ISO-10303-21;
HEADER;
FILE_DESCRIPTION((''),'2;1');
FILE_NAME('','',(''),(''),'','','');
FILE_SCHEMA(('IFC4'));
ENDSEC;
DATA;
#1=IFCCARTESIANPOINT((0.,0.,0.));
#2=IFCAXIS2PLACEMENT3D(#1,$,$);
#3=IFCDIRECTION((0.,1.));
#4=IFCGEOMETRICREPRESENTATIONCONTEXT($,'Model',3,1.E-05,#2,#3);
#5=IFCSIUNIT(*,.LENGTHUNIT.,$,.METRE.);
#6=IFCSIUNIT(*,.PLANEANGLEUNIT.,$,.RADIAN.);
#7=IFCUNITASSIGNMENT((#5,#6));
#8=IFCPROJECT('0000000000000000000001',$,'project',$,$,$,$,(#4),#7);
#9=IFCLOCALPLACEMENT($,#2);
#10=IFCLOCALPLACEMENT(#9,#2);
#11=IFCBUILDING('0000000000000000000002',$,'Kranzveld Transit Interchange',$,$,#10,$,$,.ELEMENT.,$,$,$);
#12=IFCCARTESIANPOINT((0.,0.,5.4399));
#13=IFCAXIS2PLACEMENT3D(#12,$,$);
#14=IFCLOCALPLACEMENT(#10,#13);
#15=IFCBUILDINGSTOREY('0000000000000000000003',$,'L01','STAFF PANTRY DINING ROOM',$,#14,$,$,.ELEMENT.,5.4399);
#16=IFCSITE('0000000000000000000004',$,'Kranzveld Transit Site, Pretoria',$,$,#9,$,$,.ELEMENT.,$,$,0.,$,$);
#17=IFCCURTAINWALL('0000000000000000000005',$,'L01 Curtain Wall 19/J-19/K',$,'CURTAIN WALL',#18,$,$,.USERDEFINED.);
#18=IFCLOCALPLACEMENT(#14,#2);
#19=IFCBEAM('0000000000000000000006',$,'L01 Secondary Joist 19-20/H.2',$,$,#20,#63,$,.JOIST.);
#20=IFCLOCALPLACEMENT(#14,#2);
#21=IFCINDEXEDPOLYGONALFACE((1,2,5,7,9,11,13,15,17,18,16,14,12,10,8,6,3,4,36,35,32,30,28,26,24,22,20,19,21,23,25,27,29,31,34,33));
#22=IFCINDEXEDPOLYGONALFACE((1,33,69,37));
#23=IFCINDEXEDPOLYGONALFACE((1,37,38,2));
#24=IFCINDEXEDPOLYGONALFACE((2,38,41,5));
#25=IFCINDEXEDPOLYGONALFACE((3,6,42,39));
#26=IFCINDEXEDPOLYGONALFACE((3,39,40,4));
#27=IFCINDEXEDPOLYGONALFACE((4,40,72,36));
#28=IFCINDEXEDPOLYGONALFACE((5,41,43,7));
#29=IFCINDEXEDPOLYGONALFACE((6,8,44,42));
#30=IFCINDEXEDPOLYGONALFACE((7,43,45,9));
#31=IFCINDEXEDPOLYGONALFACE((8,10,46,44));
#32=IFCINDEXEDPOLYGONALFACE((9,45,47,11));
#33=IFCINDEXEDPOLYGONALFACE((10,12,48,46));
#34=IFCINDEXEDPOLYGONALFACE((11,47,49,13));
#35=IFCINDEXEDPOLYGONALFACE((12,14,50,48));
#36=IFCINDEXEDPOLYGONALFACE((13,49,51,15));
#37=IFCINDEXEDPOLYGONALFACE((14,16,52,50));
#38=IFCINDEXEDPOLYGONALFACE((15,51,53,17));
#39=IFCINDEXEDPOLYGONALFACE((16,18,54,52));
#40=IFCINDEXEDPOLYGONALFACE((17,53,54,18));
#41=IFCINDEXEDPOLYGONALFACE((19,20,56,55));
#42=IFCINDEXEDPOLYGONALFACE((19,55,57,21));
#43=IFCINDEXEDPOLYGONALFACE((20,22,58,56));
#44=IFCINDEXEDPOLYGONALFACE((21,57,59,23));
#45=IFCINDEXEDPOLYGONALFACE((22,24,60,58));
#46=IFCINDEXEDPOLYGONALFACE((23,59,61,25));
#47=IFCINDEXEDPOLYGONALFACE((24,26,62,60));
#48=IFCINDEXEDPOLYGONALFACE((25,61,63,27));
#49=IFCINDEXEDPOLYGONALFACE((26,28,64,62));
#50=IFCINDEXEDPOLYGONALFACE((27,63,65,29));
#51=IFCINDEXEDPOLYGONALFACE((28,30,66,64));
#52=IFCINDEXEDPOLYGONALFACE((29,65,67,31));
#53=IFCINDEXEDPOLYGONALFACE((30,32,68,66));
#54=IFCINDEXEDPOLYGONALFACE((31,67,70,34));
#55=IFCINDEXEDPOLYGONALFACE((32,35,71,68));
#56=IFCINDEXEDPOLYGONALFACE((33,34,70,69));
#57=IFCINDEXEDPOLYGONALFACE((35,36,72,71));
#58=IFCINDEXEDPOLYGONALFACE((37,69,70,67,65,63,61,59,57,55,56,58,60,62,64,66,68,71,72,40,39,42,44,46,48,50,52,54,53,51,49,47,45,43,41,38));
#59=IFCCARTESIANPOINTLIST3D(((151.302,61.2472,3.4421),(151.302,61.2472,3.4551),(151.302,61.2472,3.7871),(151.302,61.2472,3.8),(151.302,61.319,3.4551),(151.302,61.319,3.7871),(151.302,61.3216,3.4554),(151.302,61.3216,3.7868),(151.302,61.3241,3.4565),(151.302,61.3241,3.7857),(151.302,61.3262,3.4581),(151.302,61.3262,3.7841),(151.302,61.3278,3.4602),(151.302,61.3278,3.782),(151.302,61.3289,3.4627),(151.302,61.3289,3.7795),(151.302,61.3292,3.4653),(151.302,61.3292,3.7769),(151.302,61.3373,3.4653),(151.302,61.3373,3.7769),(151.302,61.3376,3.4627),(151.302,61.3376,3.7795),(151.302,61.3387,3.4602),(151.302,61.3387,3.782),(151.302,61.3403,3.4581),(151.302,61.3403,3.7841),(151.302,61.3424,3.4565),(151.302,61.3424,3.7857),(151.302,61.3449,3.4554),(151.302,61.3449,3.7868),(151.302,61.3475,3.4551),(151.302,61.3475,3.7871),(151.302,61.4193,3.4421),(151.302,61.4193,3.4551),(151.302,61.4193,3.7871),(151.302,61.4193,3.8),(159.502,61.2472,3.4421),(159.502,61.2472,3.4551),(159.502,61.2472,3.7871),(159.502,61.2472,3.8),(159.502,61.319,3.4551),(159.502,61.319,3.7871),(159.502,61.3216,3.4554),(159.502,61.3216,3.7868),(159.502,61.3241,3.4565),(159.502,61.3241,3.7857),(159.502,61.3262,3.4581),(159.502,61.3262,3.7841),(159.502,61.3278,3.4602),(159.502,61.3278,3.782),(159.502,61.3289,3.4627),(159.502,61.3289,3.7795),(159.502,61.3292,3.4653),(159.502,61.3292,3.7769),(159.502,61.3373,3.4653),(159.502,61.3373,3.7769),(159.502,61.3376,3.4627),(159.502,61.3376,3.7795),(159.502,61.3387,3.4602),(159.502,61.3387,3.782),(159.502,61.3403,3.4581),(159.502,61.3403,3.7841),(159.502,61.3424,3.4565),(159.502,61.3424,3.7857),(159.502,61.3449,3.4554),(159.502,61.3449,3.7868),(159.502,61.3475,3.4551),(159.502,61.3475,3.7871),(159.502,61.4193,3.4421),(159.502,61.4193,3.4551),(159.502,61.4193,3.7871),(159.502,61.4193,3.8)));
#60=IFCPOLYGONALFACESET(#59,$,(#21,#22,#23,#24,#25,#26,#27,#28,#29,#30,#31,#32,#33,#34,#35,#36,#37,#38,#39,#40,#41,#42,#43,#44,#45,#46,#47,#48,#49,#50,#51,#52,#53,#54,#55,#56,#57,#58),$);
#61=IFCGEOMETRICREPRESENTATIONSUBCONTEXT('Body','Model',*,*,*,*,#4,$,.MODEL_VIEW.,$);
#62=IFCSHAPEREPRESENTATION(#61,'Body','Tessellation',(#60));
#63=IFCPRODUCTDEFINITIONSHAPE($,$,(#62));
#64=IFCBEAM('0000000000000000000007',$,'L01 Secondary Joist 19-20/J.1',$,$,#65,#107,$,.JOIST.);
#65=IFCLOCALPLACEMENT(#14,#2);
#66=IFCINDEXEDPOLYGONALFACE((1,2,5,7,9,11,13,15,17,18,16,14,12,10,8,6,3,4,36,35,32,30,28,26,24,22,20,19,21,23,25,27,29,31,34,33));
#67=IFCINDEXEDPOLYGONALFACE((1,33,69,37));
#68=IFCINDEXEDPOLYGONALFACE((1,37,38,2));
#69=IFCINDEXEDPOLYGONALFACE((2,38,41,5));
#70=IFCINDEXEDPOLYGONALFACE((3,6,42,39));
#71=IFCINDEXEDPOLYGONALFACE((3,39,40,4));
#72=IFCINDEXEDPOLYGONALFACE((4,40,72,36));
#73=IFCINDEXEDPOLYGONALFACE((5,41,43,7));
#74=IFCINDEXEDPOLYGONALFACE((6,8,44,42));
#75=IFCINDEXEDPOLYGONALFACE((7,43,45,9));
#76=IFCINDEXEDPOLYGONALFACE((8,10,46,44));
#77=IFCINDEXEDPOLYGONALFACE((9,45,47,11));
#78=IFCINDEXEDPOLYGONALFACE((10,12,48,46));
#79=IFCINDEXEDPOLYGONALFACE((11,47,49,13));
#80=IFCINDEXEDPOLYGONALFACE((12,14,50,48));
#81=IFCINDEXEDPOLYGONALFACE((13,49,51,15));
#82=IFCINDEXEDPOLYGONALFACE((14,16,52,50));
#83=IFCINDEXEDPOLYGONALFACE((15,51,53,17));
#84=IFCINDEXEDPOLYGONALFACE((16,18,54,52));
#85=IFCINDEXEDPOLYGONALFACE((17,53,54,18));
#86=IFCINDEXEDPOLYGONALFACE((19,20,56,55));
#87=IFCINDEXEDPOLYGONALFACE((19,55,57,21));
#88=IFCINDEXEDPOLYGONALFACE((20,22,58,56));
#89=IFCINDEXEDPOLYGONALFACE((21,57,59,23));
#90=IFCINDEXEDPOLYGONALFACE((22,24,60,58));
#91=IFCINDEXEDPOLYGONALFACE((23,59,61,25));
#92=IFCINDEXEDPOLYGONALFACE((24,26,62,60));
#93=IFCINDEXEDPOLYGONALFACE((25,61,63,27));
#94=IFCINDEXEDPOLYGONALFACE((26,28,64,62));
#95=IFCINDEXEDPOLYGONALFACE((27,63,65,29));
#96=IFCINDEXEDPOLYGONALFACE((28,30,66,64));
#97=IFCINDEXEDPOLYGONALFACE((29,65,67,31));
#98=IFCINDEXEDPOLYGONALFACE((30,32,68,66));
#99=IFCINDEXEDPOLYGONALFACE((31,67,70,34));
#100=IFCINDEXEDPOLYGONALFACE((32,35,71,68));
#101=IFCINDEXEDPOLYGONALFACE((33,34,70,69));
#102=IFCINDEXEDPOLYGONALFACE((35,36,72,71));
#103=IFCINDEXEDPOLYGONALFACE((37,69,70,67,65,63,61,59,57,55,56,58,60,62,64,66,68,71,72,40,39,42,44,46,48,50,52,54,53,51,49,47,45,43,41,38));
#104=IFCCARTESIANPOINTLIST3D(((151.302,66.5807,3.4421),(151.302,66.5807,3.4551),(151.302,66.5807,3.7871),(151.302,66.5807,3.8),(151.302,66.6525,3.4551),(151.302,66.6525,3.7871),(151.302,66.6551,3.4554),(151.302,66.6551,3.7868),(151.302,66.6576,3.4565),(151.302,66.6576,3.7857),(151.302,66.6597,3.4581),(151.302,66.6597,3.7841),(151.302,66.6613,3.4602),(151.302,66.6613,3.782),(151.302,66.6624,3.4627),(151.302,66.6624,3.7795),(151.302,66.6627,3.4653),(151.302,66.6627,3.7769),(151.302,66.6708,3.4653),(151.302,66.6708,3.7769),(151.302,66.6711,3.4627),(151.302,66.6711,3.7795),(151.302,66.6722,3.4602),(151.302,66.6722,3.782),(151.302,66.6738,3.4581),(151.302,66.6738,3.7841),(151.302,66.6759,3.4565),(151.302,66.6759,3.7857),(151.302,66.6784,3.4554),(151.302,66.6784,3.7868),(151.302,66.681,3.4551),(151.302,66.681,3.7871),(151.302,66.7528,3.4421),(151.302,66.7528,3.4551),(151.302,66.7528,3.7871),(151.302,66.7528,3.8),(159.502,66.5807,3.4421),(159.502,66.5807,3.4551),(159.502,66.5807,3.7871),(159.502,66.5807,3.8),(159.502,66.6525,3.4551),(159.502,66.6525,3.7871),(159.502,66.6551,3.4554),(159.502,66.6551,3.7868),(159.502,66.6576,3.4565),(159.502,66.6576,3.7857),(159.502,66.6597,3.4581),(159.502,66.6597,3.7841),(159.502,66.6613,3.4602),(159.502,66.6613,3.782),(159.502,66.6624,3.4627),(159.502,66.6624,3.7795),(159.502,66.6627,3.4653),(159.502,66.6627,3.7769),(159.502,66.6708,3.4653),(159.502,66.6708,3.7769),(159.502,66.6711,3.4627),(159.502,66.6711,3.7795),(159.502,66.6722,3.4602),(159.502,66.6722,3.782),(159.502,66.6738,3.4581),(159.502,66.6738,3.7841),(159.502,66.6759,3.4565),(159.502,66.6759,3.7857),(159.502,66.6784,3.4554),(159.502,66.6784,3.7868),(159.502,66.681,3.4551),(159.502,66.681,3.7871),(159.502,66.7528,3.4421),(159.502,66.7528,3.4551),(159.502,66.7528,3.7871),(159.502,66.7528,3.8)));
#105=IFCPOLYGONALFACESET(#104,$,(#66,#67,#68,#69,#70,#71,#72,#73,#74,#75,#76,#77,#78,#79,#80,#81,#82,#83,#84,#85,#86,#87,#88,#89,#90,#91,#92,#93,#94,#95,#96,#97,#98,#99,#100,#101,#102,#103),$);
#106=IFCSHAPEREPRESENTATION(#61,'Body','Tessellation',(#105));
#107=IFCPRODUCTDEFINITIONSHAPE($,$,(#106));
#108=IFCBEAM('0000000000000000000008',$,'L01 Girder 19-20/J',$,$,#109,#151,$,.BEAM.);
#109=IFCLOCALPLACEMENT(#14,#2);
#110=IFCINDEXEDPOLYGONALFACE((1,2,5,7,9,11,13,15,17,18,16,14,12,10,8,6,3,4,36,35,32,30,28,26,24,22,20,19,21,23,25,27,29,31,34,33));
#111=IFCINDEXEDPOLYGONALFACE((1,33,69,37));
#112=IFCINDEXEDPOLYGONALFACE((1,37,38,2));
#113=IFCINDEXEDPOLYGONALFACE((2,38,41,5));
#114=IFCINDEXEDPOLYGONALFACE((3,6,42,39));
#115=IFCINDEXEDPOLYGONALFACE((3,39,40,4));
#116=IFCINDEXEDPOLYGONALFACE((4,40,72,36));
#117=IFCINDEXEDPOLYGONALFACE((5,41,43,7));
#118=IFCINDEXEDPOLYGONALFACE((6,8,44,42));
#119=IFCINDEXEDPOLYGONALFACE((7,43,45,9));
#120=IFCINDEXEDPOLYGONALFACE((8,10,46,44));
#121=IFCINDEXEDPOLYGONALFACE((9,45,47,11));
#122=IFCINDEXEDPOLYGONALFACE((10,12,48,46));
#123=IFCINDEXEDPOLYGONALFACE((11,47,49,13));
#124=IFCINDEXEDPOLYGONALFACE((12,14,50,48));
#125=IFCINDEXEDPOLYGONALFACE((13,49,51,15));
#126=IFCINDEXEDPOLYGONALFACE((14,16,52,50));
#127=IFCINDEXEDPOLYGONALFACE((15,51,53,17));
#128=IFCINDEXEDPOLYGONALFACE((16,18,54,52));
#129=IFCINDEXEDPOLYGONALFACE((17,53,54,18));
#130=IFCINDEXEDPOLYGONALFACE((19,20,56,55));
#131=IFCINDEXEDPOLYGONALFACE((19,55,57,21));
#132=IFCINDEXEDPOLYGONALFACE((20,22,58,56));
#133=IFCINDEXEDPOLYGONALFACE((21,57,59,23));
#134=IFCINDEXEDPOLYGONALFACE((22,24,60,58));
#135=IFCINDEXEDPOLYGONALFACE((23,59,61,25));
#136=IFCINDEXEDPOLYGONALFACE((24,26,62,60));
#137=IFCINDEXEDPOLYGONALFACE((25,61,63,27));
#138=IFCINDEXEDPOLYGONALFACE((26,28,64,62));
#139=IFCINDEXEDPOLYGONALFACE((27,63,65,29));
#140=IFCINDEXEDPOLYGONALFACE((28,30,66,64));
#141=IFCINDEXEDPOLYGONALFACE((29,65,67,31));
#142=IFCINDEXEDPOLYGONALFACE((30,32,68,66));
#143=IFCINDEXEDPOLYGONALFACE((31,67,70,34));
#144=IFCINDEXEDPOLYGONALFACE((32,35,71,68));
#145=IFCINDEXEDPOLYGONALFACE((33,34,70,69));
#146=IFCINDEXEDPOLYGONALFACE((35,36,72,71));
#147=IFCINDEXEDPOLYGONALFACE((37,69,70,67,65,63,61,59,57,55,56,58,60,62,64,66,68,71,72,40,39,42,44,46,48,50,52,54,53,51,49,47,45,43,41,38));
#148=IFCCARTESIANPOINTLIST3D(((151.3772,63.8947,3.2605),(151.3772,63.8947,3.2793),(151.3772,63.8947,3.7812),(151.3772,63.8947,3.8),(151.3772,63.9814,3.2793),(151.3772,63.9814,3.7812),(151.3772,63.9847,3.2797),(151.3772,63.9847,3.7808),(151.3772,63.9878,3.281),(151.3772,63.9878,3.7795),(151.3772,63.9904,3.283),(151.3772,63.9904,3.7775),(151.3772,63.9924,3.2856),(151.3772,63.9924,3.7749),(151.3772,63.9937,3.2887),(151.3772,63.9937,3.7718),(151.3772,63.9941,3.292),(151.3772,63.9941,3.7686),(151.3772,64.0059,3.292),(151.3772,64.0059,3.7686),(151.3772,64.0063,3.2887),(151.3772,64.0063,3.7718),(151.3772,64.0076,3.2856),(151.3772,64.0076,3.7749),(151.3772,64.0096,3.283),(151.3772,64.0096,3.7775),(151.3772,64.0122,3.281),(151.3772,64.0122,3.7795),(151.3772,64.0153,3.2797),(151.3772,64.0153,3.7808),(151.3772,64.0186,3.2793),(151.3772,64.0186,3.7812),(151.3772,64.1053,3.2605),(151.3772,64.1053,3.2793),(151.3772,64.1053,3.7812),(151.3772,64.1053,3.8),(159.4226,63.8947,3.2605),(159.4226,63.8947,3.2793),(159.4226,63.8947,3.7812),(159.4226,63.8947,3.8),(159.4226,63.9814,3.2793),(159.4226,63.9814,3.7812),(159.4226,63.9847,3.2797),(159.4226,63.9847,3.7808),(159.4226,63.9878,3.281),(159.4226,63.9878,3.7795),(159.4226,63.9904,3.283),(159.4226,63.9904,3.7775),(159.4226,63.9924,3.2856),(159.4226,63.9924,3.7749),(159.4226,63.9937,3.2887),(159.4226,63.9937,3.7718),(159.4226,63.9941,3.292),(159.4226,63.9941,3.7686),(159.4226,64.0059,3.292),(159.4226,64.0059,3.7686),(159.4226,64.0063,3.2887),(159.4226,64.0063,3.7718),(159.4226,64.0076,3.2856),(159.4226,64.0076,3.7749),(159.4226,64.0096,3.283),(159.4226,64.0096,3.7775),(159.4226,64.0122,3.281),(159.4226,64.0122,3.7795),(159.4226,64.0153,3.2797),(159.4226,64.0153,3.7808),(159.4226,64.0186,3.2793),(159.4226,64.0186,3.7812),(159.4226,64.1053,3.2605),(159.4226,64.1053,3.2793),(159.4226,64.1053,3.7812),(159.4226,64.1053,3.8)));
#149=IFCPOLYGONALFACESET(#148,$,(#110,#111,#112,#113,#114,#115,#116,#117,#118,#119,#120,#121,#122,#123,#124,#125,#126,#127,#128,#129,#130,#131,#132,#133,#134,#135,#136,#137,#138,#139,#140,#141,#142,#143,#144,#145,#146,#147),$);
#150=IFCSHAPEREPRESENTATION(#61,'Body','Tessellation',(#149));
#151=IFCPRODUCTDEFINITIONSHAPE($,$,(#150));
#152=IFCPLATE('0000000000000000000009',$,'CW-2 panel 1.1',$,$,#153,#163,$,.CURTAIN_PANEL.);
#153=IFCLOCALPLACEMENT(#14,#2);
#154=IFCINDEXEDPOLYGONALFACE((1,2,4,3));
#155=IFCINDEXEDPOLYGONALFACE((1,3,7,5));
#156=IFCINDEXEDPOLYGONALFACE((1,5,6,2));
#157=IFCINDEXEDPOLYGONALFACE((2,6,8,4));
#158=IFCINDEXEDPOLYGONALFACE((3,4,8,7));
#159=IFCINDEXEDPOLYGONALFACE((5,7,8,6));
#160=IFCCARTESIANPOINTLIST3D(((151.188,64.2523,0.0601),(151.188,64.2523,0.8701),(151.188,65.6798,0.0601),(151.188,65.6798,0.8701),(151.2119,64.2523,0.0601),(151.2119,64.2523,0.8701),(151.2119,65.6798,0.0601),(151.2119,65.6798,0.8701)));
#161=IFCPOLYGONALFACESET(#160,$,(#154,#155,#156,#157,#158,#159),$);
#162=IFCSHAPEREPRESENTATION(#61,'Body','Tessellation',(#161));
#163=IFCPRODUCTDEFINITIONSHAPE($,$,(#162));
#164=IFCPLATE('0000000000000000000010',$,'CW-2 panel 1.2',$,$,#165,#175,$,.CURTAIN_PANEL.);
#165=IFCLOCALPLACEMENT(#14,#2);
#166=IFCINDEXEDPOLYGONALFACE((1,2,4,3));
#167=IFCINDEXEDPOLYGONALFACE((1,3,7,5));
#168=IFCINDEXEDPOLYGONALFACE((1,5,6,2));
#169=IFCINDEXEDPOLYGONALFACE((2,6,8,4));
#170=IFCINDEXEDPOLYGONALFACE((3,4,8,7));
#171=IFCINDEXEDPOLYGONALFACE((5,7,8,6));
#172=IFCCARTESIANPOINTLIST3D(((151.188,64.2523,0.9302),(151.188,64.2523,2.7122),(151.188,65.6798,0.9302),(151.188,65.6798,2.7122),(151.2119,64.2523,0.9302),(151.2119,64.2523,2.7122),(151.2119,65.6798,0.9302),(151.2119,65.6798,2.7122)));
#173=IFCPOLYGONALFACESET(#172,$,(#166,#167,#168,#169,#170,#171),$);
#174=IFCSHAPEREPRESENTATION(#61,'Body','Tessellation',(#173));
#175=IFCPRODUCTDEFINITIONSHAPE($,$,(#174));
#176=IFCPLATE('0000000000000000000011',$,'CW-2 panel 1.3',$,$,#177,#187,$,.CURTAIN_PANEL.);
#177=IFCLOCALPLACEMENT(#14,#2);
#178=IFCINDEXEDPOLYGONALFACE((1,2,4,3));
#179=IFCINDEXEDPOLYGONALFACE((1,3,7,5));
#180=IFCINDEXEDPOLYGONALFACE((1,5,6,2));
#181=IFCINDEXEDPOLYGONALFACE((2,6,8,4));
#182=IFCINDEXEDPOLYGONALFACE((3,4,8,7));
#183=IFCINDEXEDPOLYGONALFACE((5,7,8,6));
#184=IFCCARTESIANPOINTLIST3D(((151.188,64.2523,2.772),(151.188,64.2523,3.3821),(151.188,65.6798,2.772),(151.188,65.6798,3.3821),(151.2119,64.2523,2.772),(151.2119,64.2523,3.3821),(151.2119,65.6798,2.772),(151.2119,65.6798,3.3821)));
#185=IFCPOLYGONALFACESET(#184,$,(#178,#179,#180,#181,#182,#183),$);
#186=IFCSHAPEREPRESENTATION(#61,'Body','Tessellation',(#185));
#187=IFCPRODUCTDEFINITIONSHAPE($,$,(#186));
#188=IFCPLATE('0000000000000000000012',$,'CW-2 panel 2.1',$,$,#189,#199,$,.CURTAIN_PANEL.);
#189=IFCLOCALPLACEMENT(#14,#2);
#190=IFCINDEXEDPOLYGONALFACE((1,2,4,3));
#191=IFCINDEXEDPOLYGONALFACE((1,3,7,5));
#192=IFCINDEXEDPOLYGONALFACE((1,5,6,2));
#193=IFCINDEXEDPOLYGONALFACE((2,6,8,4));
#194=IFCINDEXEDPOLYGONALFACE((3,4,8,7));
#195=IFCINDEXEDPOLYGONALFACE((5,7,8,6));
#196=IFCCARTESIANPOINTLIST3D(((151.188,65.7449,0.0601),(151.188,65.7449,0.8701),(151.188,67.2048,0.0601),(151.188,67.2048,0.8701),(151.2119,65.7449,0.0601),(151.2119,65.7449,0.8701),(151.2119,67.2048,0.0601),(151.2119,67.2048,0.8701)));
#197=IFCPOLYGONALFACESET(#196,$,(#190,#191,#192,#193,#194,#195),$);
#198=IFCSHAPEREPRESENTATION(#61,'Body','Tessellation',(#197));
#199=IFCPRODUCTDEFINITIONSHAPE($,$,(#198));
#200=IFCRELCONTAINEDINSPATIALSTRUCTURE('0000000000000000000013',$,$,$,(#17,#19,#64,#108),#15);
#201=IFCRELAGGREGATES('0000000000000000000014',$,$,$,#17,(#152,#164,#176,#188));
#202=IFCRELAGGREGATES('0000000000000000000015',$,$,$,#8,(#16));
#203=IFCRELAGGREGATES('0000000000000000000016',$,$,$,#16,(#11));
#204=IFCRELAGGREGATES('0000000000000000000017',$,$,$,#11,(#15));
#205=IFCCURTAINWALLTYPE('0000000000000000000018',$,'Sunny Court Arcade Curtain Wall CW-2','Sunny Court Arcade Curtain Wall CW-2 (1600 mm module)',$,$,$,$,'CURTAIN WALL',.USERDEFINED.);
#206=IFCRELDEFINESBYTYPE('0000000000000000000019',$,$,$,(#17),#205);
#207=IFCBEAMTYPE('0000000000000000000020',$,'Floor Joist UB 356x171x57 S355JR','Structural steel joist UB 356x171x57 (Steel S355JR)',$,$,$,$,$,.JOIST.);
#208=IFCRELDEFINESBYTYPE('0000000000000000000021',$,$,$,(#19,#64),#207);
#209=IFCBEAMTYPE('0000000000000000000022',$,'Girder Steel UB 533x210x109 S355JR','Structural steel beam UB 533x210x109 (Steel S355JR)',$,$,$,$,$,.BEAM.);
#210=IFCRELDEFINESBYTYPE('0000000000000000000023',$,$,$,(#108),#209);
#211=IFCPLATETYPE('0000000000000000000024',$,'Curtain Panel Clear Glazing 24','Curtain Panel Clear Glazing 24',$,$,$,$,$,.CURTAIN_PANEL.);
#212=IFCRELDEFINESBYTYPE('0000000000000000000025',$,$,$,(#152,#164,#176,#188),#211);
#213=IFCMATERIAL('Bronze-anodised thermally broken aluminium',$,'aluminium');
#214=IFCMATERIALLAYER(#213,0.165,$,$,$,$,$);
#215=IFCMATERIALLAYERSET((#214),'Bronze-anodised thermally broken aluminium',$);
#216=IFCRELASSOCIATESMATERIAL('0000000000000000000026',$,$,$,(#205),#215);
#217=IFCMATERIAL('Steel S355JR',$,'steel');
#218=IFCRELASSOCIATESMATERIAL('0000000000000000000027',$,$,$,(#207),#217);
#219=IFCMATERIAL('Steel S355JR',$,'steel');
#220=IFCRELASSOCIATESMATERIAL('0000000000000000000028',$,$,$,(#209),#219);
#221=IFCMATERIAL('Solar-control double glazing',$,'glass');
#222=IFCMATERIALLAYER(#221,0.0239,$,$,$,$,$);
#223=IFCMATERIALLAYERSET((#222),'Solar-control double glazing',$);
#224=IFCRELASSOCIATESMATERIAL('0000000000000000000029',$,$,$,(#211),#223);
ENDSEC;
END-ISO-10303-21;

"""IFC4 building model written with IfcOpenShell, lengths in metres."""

from ifc_helpers import new_model, si_unit, direction, frame, origin, origin_2d, place, context, subcontext, project, spatial, rectangle, i_section, extrude, material, layer, layer_set, material_profile, profile_set, type_object, element, aggregate, save


model = new_model("IFC4")

# Units and contexts
model_context = context("Model", 3, precision=1e-05, world=origin(), true_north=direction((0.0, 1.0)))
body_context = subcontext(model_context, "Body", "Model", "MODEL_VIEW")
ifc_project = project(units=[si_unit("LENGTHUNIT", "METRE"), si_unit("PLANEANGLEUNIT", "RADIAN")], contexts=[model_context])

# Site, building, storey
site_placement = place(None, origin())
site = spatial("IfcSite", under=ifc_project, at=site_placement, Name="Kranzveld Transit Site, Pretoria", CompositionType="ELEMENT", RefElevation=0.0)
building_placement = place(site_placement, origin())
building = spatial("IfcBuilding", under=site, at=building_placement, Name="Kranzveld Transit Interchange", CompositionType="ELEMENT")
storey_placement = place(building_placement, frame((0.0, 0.0, 5.4399)))
storey = spatial("IfcBuildingStorey", under=building, at=storey_placement, Name="L01", Description="STAFF PANTRY DINING ROOM", CompositionType="ELEMENT", Elevation=5.4399)

# Curtain wall
ifc_material_1 = material(Name="Bronze-anodised thermally broken aluminium", Category="aluminium")
ifc_layer_1 = layer(ifc_material_1, 0.165)
ifc_layer_set_1 = layer_set([ifc_layer_1], Name="Bronze-anodised thermally broken aluminium")
curtain_wall_type = type_object("IfcCurtainWallType", Name="Sunny Court Arcade Curtain Wall CW-2", Description="Sunny Court Arcade Curtain Wall CW-2 (1600 mm module)", ElementType="CURTAIN WALL", PredefinedType="USERDEFINED", material=ifc_layer_set_1)
curtain_wall_placement = place(storey_placement, origin())
curtain_wall = element("IfcCurtainWall", 1, at=curtain_wall_placement, inside=storey, type_object=curtain_wall_type, Name="L01 Curtain Wall 19/J-19/K", ObjectType="CURTAIN WALL", PredefinedType="USERDEFINED")

# Beams
ifc_material_2 = material(Name="Steel S355JR", Category="steel")
ifc_material_profile_1 = material_profile(ifc_material_2, i_section(OverallWidth=0.1721, OverallDepth=0.3579, WebThickness=0.0081, FlangeThickness=0.0129, FilletRadius=0.0103, at=origin_2d()), Name="UB 356x171x57")
ifc_profile_set_1 = profile_set([ifc_material_profile_1], Name="Steel S355JR")
beam_type_1 = type_object("IfcBeamType", Name="Floor Joist UB 356x171x57 S355JR", Description="Structural steel joist UB 356x171x57 (Steel S355JR)", PredefinedType="JOIST", material=ifc_profile_set_1)
for number, where, z_axis, x_axis, name in (
    (2, (151.302, 61.3333, 3.6211), (1.0, 0.0, 0.0), (0.0, 1.0, 0.0), "L01 Secondary Joist 19-20/H.2"),
    (3, (151.302, 66.6667, 3.6211), (1.0, 0.0, 0.0), (0.0, 1.0, 0.0), "L01 Secondary Joist 19-20/J.1"),
):
    element("IfcBeam", number, at=place(storey_placement, frame(where, z_axis=z_axis, x_axis=x_axis)), inside=storey, type_object=beam_type_1, Name=name, PredefinedType="JOIST", context=body_context, shape_type="SweptSolid", body=[
        extrude(i_section(OverallWidth=0.1721, OverallDepth=0.3579, WebThickness=0.0081, FlangeThickness=0.0129, FilletRadius=0.0103, at=origin_2d()), origin(), (0.0, 0.0, 1.0), 8.2),
    ])
ifc_material_3 = material(Name="Steel S355JR", Category="steel")
ifc_material_profile_2 = material_profile(ifc_material_3, i_section(OverallWidth=0.2107, OverallDepth=0.5396, WebThickness=0.0117, FlangeThickness=0.0188, FilletRadius=0.0127, at=origin_2d()), Name="UB 533x210x109")
ifc_profile_set_2 = profile_set([ifc_material_profile_2], Name="Steel S355JR")
beam_type_2 = type_object("IfcBeamType", Name="Girder Steel UB 533x210x109 S355JR", Description="Structural steel beam UB 533x210x109 (Steel S355JR)", PredefinedType="BEAM", material=ifc_profile_set_2)
beam_1_placement = place(storey_placement, frame((151.3772, 64.0, 3.5303), z_axis=(1.0, 0.0, 0.0), x_axis=(0.0, 1.0, 0.0)))
element("IfcBeam", 4, at=beam_1_placement, inside=storey, type_object=beam_type_2, Name="L01 Girder 19-20/J", PredefinedType="BEAM", context=body_context, shape_type="SweptSolid", body=[
    extrude(i_section(OverallWidth=0.2107, OverallDepth=0.5396, WebThickness=0.0117, FlangeThickness=0.0188, FilletRadius=0.0127, at=origin_2d()), origin(), (0.0, 0.0, 1.0), 8.0454),
])

# Plates
ifc_material_4 = material(Name="Solar-control double glazing", Category="glass")
ifc_layer_2 = layer(ifc_material_4, 0.0239)
ifc_layer_set_2 = layer_set([ifc_layer_2], Name="Solar-control double glazing")
plate_type = type_object("IfcPlateType", Name="Curtain Panel Clear Glazing 24", Description="Curtain Panel Clear Glazing 24", PredefinedType="CURTAIN_PANEL", material=ifc_layer_set_2)
plate_1_placement = place(storey_placement, frame((151.2, 64.9661, 0.0601), z_axis=(0.0, 0.0, 1.0), x_axis=(0.0, 1.0, 0.0)))
plate_1 = element("IfcPlate", 5, at=plate_1_placement, type_object=plate_type, Name="CW-2 panel 1.1", PredefinedType="CURTAIN_PANEL", context=body_context, shape_type="SweptSolid", body=[
    extrude(rectangle(XDim=1.4275, YDim=0.0239, at=origin_2d()), origin(), (0.0, 0.0, 1.0), 0.8101),
])
plate_2_placement = place(storey_placement, frame((151.2, 64.9661, 0.9302), z_axis=(0.0, 0.0, 1.0), x_axis=(0.0, 1.0, 0.0)))
plate_2 = element("IfcPlate", 6, at=plate_2_placement, type_object=plate_type, Name="CW-2 panel 1.2", PredefinedType="CURTAIN_PANEL", context=body_context, shape_type="SweptSolid", body=[
    extrude(rectangle(XDim=1.4275, YDim=0.0239, at=origin_2d()), origin(), (0.0, 0.0, 1.0), 1.782),
])
plate_3_placement = place(storey_placement, frame((151.2, 64.9661, 2.772), z_axis=(0.0, 0.0, 1.0), x_axis=(0.0, 1.0, 0.0)))
plate_3 = element("IfcPlate", 7, at=plate_3_placement, type_object=plate_type, Name="CW-2 panel 1.3", PredefinedType="CURTAIN_PANEL", context=body_context, shape_type="SweptSolid", body=[
    extrude(rectangle(XDim=1.4275, YDim=0.0239, at=origin_2d()), origin(), (0.0, 0.0, 1.0), 0.6101),
])
plate_4_placement = place(storey_placement, frame((151.2, 66.4749, 0.0601), z_axis=(0.0, 0.0, 1.0), x_axis=(0.0, 1.0, 0.0)))
plate_4 = element("IfcPlate", 8, at=plate_4_placement, type_object=plate_type, Name="CW-2 panel 2.1", PredefinedType="CURTAIN_PANEL", context=body_context, shape_type="SweptSolid", body=[
    extrude(rectangle(XDim=1.46, YDim=0.0239, at=origin_2d()), origin(), (0.0, 0.0, 1.0), 0.8101),
])
aggregate(curtain_wall, [plate_1, plate_2, plate_3, plate_4])

save(model, "model.ifc")
